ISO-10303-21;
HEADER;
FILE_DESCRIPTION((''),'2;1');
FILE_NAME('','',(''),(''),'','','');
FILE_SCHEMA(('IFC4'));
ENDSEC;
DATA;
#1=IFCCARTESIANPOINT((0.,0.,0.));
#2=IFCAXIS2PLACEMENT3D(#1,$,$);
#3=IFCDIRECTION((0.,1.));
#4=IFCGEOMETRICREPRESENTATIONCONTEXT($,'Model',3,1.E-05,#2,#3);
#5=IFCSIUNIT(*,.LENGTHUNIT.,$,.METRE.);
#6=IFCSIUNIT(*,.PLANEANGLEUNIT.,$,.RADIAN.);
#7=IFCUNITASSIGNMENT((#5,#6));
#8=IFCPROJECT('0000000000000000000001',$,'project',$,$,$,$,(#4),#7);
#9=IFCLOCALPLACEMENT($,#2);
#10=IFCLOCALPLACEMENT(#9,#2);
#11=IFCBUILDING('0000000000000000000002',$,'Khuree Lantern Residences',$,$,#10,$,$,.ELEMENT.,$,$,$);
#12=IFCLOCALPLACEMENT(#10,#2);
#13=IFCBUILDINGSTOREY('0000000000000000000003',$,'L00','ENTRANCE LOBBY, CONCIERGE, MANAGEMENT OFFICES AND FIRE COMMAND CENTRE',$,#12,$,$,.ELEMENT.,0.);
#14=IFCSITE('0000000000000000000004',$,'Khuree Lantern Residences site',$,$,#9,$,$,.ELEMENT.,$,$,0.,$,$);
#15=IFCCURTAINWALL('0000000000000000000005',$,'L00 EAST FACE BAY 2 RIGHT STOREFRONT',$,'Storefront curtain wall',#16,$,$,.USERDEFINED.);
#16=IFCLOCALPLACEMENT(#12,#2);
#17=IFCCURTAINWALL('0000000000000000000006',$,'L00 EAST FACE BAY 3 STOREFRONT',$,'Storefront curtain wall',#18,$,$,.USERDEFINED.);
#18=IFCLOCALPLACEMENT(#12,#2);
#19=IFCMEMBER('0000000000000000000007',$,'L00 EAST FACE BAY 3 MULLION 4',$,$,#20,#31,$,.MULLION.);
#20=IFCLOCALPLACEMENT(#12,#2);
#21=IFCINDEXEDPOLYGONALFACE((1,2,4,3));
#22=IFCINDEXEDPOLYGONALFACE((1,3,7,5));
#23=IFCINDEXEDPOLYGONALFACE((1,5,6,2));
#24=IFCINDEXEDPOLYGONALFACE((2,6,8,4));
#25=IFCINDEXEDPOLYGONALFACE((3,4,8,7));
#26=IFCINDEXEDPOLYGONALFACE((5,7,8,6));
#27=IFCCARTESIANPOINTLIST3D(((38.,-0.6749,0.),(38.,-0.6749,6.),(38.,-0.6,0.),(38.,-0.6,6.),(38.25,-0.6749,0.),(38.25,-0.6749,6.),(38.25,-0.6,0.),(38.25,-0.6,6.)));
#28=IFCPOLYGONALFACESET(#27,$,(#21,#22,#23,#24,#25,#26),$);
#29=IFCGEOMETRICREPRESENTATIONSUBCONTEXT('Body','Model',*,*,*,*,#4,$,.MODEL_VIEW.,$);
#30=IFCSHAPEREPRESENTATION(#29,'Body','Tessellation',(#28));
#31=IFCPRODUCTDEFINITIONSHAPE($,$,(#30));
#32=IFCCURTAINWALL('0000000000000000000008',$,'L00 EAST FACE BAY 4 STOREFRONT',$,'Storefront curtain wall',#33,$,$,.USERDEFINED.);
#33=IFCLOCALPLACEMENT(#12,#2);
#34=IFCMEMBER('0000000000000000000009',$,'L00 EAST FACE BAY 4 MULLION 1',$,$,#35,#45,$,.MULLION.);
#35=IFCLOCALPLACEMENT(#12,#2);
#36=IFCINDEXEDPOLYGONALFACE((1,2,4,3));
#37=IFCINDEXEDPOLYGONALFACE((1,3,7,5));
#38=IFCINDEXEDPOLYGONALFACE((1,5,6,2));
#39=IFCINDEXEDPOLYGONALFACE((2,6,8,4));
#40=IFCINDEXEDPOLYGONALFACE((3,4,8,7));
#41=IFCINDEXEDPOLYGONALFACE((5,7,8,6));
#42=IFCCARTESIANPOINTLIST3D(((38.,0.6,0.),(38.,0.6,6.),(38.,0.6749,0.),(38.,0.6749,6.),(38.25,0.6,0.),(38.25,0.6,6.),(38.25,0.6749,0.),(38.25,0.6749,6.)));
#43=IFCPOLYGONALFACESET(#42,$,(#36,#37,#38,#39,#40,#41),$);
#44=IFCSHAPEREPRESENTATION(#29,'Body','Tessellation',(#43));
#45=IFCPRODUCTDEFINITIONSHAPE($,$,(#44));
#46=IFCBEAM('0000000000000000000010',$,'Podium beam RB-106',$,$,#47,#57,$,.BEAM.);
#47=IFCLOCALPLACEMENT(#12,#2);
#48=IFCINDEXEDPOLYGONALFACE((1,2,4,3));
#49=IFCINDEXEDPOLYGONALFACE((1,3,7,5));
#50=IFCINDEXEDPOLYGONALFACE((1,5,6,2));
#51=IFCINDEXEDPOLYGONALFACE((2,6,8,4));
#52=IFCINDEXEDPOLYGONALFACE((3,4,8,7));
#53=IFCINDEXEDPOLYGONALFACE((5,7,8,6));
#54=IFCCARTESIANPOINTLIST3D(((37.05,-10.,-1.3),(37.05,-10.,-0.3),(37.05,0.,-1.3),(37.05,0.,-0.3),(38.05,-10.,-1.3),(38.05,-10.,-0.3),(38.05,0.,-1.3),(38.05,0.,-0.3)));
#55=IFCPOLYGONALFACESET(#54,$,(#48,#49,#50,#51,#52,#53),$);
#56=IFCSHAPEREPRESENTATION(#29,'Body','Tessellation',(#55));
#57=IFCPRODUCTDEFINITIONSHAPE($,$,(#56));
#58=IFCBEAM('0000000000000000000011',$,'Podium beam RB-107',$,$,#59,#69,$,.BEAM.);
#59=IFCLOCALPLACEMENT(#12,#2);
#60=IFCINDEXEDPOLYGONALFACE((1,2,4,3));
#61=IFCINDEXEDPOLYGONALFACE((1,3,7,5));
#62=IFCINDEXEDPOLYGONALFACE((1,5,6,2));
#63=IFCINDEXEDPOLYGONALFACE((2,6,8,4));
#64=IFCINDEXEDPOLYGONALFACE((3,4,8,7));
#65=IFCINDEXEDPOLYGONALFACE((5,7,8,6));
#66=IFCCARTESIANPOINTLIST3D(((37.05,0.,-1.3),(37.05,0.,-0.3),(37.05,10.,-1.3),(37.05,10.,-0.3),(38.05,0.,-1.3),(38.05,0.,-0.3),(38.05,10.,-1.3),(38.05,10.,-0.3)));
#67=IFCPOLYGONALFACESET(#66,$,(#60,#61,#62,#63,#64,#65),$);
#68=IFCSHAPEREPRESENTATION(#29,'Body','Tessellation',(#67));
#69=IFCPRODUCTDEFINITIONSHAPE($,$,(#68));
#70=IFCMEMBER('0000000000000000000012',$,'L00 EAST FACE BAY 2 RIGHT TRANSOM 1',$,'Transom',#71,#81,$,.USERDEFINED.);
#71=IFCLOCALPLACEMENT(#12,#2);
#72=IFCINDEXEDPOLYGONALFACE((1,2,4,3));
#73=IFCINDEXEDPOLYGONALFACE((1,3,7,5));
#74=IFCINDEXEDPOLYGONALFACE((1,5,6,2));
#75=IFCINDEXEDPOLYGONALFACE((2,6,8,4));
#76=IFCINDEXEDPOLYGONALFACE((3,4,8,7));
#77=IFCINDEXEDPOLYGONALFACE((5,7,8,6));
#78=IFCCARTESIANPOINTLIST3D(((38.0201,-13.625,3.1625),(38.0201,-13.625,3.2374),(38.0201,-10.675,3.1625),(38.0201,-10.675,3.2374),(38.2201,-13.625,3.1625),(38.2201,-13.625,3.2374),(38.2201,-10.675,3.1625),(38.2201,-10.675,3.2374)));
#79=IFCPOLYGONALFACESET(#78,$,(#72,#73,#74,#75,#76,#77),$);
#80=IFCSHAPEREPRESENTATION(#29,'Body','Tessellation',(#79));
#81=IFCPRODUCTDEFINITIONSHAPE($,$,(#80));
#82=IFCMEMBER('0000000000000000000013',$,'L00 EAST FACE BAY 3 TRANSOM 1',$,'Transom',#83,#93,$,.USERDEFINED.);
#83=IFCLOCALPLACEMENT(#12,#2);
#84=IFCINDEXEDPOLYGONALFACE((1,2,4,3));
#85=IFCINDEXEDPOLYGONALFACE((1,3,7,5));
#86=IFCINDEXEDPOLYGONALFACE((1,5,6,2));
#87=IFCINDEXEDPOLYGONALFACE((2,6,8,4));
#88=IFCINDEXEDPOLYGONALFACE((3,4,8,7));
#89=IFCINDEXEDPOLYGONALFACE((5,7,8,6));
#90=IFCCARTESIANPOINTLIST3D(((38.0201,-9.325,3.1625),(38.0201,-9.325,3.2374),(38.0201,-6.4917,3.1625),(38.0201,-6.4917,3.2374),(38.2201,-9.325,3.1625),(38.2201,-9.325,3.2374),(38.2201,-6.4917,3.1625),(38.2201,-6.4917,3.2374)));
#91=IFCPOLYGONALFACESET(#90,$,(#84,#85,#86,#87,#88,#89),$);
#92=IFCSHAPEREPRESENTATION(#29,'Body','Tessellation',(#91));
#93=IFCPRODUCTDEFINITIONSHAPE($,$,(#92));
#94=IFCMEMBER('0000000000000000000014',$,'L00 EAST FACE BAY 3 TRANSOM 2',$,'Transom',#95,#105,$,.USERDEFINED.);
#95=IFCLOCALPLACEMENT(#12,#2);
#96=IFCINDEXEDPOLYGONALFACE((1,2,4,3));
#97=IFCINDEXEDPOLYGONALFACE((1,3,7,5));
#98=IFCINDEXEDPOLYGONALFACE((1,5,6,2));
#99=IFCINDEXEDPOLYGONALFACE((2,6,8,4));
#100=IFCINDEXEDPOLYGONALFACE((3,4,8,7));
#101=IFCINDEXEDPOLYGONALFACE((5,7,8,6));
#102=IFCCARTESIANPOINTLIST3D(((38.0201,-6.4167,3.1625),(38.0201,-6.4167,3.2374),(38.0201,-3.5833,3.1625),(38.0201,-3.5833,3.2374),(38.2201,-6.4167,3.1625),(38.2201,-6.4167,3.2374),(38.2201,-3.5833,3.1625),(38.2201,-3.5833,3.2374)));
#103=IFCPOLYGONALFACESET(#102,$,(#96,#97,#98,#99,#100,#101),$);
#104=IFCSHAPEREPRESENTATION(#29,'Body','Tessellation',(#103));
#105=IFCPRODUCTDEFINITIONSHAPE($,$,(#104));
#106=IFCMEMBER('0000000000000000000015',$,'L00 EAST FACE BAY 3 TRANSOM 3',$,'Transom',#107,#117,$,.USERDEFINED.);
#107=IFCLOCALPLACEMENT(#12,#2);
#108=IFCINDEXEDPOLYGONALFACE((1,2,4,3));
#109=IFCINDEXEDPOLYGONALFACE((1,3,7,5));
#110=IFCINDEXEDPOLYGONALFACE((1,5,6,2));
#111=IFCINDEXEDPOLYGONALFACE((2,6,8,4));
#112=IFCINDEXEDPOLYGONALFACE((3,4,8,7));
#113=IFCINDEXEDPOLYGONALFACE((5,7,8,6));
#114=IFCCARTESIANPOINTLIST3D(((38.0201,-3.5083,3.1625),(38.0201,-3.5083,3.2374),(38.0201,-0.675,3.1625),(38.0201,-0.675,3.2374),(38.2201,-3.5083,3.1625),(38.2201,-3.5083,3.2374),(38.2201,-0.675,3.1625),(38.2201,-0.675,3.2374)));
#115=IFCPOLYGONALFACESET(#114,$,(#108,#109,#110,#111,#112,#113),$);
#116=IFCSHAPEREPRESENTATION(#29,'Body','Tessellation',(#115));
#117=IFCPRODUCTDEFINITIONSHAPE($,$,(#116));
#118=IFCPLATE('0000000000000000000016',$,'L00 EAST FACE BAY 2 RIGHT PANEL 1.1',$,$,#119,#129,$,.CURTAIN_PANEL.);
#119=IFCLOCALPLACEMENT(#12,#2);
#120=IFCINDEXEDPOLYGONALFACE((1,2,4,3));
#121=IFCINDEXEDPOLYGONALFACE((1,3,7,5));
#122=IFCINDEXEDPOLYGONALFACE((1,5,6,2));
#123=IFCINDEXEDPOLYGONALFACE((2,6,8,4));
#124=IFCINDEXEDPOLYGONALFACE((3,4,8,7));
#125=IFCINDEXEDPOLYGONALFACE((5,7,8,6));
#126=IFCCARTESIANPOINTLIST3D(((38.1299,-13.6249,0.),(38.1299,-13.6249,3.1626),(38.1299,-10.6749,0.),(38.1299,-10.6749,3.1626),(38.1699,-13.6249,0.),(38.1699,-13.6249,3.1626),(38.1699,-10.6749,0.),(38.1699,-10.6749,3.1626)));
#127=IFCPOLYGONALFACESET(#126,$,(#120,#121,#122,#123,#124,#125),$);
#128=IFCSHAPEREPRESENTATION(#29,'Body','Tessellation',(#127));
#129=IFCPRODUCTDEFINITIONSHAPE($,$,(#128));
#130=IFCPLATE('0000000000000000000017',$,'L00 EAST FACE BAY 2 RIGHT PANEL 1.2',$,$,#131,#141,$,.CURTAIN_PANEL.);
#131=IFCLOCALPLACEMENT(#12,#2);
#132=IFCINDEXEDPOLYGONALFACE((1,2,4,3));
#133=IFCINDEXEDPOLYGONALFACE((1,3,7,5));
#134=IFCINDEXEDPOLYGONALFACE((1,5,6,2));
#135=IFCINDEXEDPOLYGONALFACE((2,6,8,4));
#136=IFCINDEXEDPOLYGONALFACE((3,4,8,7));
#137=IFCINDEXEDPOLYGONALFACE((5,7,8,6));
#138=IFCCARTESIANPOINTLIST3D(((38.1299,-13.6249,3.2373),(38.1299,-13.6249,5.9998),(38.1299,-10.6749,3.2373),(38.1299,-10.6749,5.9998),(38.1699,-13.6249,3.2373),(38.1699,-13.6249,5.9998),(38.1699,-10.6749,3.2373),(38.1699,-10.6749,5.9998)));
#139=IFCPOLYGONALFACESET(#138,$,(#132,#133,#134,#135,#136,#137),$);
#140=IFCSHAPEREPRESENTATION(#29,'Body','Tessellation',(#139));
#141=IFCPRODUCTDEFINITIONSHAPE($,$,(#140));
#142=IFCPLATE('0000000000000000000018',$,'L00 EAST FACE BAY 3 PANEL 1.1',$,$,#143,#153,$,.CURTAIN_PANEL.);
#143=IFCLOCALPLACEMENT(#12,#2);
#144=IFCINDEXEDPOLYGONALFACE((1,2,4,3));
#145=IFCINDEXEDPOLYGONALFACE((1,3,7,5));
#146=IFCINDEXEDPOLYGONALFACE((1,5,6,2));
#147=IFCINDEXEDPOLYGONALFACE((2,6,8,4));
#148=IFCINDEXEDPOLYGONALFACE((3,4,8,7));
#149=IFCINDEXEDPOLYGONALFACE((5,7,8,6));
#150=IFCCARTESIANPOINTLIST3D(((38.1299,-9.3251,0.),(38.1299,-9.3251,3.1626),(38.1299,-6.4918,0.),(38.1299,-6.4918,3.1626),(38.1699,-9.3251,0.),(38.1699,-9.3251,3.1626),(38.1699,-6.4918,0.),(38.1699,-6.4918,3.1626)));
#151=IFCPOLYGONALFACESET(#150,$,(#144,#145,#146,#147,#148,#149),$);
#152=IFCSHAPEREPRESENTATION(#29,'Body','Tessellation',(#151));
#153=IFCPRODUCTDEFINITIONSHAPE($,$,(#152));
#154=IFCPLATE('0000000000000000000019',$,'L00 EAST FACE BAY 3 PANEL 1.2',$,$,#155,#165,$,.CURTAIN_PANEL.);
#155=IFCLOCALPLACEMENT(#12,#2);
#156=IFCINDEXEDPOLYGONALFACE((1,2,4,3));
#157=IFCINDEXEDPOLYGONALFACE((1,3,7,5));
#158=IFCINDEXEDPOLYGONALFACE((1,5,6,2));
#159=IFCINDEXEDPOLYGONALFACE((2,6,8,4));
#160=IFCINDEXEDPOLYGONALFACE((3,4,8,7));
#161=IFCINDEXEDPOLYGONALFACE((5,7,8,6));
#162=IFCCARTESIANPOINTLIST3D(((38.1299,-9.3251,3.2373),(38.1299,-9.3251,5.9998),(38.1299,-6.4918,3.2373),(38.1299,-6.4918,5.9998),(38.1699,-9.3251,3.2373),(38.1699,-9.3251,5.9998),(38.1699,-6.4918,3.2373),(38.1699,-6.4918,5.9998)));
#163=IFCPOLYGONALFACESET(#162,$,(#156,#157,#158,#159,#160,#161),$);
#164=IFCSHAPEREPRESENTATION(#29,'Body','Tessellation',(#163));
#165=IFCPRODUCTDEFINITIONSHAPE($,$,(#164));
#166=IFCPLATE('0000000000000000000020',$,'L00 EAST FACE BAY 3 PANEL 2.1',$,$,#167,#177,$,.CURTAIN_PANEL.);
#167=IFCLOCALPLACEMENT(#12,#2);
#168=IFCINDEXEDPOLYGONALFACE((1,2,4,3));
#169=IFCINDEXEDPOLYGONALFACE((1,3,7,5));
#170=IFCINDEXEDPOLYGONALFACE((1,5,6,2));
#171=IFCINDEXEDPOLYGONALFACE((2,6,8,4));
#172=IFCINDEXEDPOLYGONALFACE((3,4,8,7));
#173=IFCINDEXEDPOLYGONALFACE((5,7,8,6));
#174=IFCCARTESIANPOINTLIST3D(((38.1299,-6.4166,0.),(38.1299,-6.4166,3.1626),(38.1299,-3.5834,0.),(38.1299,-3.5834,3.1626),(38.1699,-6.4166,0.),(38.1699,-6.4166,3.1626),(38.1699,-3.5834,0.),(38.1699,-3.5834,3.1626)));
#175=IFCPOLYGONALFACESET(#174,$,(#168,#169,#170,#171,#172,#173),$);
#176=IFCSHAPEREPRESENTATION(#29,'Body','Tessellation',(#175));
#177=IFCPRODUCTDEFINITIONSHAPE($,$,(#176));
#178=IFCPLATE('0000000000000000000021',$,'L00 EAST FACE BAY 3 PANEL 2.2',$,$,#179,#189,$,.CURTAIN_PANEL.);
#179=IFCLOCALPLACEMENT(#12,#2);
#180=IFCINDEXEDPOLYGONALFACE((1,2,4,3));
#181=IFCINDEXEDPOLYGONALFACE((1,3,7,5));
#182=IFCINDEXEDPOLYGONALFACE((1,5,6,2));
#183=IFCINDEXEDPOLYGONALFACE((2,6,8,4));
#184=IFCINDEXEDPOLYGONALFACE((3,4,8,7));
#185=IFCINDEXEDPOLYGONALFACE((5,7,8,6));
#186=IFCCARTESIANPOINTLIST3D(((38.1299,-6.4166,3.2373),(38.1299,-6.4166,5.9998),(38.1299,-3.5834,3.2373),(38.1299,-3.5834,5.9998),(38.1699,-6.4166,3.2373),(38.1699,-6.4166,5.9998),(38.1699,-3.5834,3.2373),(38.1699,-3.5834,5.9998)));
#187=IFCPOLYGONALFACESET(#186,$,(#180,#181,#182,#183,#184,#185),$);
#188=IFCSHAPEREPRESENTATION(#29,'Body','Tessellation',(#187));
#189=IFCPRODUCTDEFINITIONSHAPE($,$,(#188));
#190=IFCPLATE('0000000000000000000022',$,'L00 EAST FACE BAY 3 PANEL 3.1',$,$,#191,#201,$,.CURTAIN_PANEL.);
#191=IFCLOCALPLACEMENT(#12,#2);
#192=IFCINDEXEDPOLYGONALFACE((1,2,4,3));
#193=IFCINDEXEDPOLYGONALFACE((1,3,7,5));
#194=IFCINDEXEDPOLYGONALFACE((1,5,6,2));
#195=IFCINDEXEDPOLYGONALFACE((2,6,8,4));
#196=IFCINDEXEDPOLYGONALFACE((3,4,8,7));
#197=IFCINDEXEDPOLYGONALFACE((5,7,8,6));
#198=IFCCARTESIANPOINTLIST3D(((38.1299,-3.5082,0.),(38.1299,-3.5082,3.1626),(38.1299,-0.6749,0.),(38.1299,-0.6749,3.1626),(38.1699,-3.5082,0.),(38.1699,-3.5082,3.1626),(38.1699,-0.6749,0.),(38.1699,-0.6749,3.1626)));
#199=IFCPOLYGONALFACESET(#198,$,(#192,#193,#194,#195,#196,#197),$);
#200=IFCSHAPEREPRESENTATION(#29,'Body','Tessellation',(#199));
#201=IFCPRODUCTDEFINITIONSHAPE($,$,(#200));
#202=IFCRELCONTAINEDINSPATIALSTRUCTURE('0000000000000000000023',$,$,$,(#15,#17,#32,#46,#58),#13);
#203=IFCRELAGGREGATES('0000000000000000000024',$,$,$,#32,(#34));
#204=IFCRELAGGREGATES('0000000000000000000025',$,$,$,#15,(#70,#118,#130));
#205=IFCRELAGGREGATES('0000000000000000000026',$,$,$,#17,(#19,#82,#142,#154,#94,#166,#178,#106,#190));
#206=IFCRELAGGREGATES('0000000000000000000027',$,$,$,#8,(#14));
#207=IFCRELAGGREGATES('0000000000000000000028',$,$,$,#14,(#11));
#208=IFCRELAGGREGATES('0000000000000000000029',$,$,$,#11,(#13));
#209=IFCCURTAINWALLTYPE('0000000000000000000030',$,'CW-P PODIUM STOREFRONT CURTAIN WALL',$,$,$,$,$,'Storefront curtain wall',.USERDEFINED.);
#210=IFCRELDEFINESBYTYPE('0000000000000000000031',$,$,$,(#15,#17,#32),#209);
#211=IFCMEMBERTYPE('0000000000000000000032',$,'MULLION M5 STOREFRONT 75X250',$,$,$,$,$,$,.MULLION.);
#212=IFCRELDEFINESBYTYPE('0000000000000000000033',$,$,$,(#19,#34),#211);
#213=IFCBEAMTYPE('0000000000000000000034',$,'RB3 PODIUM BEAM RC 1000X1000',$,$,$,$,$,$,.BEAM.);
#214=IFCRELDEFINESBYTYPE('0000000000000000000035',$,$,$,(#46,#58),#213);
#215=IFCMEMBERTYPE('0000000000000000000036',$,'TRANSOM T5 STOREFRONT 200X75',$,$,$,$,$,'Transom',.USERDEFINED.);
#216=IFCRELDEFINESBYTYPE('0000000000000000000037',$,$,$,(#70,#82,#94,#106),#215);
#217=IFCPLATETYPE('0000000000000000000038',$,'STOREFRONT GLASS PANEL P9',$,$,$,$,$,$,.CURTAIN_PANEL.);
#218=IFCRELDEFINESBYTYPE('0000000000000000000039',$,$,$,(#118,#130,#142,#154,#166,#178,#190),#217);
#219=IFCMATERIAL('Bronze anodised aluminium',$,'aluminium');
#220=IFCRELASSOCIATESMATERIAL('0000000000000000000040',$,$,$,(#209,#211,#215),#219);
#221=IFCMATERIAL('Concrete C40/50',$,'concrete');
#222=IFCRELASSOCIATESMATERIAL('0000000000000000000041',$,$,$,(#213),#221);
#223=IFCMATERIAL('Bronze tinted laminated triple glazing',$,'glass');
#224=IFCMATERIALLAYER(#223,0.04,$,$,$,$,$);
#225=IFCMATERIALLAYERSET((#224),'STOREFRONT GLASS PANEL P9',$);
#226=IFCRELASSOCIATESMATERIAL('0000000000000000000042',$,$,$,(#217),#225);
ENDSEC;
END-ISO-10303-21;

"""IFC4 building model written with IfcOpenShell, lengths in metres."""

from ifc_helpers import new_model, si_unit, direction, frame, origin, origin_2d, place, context, subcontext, project, spatial, rectangle, extrude, material, layer, layer_set, material_profile, profile_set, type_object, element, aggregate, save


model = new_model("IFC4")

# Units and contexts
model_context = context("Model", 3, precision=1e-05, world=origin(), true_north=direction((0.0, 1.0)))
body_context = subcontext(model_context, "Body", "Model", "MODEL_VIEW")
ifc_project = project(units=[si_unit("LENGTHUNIT", "METRE"), si_unit("PLANEANGLEUNIT", "RADIAN")], contexts=[model_context])

# Site, building, storey
site_placement = place(None, origin())
site = spatial("IfcSite", under=ifc_project, at=site_placement, Name="Khuree Lantern Residences site", CompositionType="ELEMENT", RefElevation=0.0)
building_placement = place(site_placement, origin())
building = spatial("IfcBuilding", under=site, at=building_placement, Name="Khuree Lantern Residences", CompositionType="ELEMENT")
storey_placement = place(building_placement, origin())
storey = spatial("IfcBuildingStorey", under=building, at=storey_placement, Name="L00", Description="ENTRANCE LOBBY, CONCIERGE, MANAGEMENT OFFICES AND FIRE COMMAND CENTRE", CompositionType="ELEMENT", Elevation=0.0)

# Curtain wall
ifc_material_1 = material(Name="Bronze anodised aluminium", Category="aluminium")
curtain_wall_type = type_object("IfcCurtainWallType", Name="CW-P PODIUM STOREFRONT CURTAIN WALL", ElementType="Storefront curtain wall", PredefinedType="USERDEFINED", material=ifc_material_1)
curtain_wall_1_placement = place(storey_placement, origin())
curtain_wall_1 = element("IfcCurtainWall", 1, at=curtain_wall_1_placement, inside=storey, type_object=curtain_wall_type, Name="L00 EAST FACE BAY 2 RIGHT STOREFRONT", ObjectType="Storefront curtain wall", PredefinedType="USERDEFINED")
ifc_material_profile_1 = material_profile(ifc_material_1, rectangle(XDim=0.075, YDim=0.25, at=origin_2d()), Name="M5 75X250")
ifc_profile_set_1 = profile_set([ifc_material_profile_1], Name="Bronze anodised aluminium")
member_type_1 = type_object("IfcMemberType", Name="MULLION M5 STOREFRONT 75X250", PredefinedType="MULLION", material=ifc_profile_set_1)

# Curtain wall, member
curtain_wall_2_placement = place(storey_placement, origin())
curtain_wall_2 = element("IfcCurtainWall", 2, at=curtain_wall_2_placement, inside=storey, type_object=curtain_wall_type, Name="L00 EAST FACE BAY 3 STOREFRONT", ObjectType="Storefront curtain wall", PredefinedType="USERDEFINED")
member_1_placement = place(storey_placement, frame((38.125, -0.6375, 0.0), z_axis=(0.0, 0.0, 1.0), x_axis=(0.0, 1.0, 0.0)))
member_1 = element("IfcMember", 3, at=member_1_placement, type_object=member_type_1, Name="L00 EAST FACE BAY 3 MULLION 4", PredefinedType="MULLION", context=body_context, shape_type="SweptSolid", body=[
    extrude(rectangle(XDim=0.075, YDim=0.25, at=origin_2d()), origin(), (0.0, 0.0, 1.0), 6.0),
])

# Curtain wall, member
curtain_wall_3_placement = place(storey_placement, origin())
curtain_wall_3 = element("IfcCurtainWall", 4, at=curtain_wall_3_placement, inside=storey, type_object=curtain_wall_type, Name="L00 EAST FACE BAY 4 STOREFRONT", ObjectType="Storefront curtain wall", PredefinedType="USERDEFINED")
member_2_placement = place(storey_placement, frame((38.125, 0.6375, 0.0), z_axis=(0.0, 0.0, 1.0), x_axis=(0.0, 1.0, 0.0)))
member_2 = element("IfcMember", 5, at=member_2_placement, type_object=member_type_1, Name="L00 EAST FACE BAY 4 MULLION 1", PredefinedType="MULLION", context=body_context, shape_type="SweptSolid", body=[
    extrude(rectangle(XDim=0.075, YDim=0.25, at=origin_2d()), origin(), (0.0, 0.0, 1.0), 6.0),
])
aggregate(curtain_wall_3, [member_2])

# Beams
ifc_material_2 = material(Name="Concrete C40/50", Category="concrete")
ifc_material_profile_2 = material_profile(ifc_material_2, rectangle(XDim=1.0, YDim=1.0, at=origin_2d()), Name="RC 1000X1000")
ifc_profile_set_2 = profile_set([ifc_material_profile_2], Name="Concrete C40/50")
beam_type_1 = type_object("IfcBeamType", Name="RB3 PODIUM BEAM RC 1000X1000", PredefinedType="BEAM", material=ifc_profile_set_2)
for number, where, z_axis, x_axis, name in (
    (6, (37.55, -10.0, -0.8), (0.0, 1.0, 0.0), (-1.0, 0.0, 0.0), "Podium beam RB-106"),
    (7, (37.55, 0.0, -0.8), (0.0, 1.0, 0.0), (-1.0, 0.0, 0.0), "Podium beam RB-107"),
):
    element("IfcBeam", number, at=place(storey_placement, frame(where, z_axis=z_axis, x_axis=x_axis)), inside=storey, type_object=beam_type_1, Name=name, PredefinedType="BEAM", context=body_context, shape_type="SweptSolid", body=[
        extrude(rectangle(XDim=1.0, YDim=1.0, at=origin_2d()), origin(), (0.0, 0.0, 1.0), 10.0),
    ])

# Members
ifc_material_profile_3 = material_profile(ifc_material_1, rectangle(XDim=0.2, YDim=0.075, at=origin_2d()), Name="T5 200X75")
ifc_profile_set_3 = profile_set([ifc_material_profile_3], Name="Bronze anodised aluminium")
member_type_2 = type_object("IfcMemberType", Name="TRANSOM T5 STOREFRONT 200X75", ElementType="Transom", PredefinedType="USERDEFINED", material=ifc_profile_set_3)
member_3_placement = place(storey_placement, frame((38.1201, -13.625, 3.2), z_axis=(0.0, 1.0, 0.0), x_axis=(-1.0, 0.0, 0.0)))
member_3 = element("IfcMember", 8, at=member_3_placement, type_object=member_type_2, Name="L00 EAST FACE BAY 2 RIGHT TRANSOM 1", ObjectType="Transom", PredefinedType="USERDEFINED", context=body_context, shape_type="SweptSolid", body=[
    extrude(rectangle(XDim=0.2, YDim=0.075, at=origin_2d()), origin(), (0.0, 0.0, 1.0), 2.95),
])
member_4_placement = place(storey_placement, frame((38.1201, -9.325, 3.2), z_axis=(0.0, 1.0, 0.0), x_axis=(-1.0, 0.0, 0.0)))
member_4 = element("IfcMember", 9, at=member_4_placement, type_object=member_type_2, Name="L00 EAST FACE BAY 3 TRANSOM 1", ObjectType="Transom", PredefinedType="USERDEFINED", context=body_context, shape_type="SweptSolid", body=[
    extrude(rectangle(XDim=0.2, YDim=0.075, at=origin_2d()), origin(), (0.0, 0.0, 1.0), 2.8333),
])
member_5_placement = place(storey_placement, frame((38.1201, -6.4167, 3.2), z_axis=(0.0, 1.0, 0.0), x_axis=(-1.0, 0.0, 0.0)))
member_5 = element("IfcMember", 10, at=member_5_placement, type_object=member_type_2, Name="L00 EAST FACE BAY 3 TRANSOM 2", ObjectType="Transom", PredefinedType="USERDEFINED", context=body_context, shape_type="SweptSolid", body=[
    extrude(rectangle(XDim=0.2, YDim=0.075, at=origin_2d()), origin(), (0.0, 0.0, 1.0), 2.8335),
])
member_6_placement = place(storey_placement, frame((38.1201, -3.5083, 3.2), z_axis=(0.0, 1.0, 0.0), x_axis=(-1.0, 0.0, 0.0)))
member_6 = element("IfcMember", 11, at=member_6_placement, type_object=member_type_2, Name="L00 EAST FACE BAY 3 TRANSOM 3", ObjectType="Transom", PredefinedType="USERDEFINED", context=body_context, shape_type="SweptSolid", body=[
    extrude(rectangle(XDim=0.2, YDim=0.075, at=origin_2d()), origin(), (0.0, 0.0, 1.0), 2.8333),
])

# Plates
ifc_material_3 = material(Name="Bronze tinted laminated triple glazing", Category="glass")
ifc_layer_1 = layer(ifc_material_3, 0.04)
ifc_layer_set_1 = layer_set([ifc_layer_1], Name="STOREFRONT GLASS PANEL P9")
plate_type = type_object("IfcPlateType", Name="STOREFRONT GLASS PANEL P9", PredefinedType="CURTAIN_PANEL", material=ifc_layer_set_1)
plate_1_placement = place(storey_placement, frame((38.1499, -12.1499, 0.0), z_axis=(0.0, 0.0, 1.0), x_axis=(0.0, 1.0, 0.0)))
plate_1 = element("IfcPlate", 12, at=plate_1_placement, type_object=plate_type, Name="L00 EAST FACE BAY 2 RIGHT PANEL 1.1", PredefinedType="CURTAIN_PANEL", context=body_context, shape_type="SweptSolid", body=[
    extrude(rectangle(XDim=2.95, YDim=0.04, at=origin_2d()), origin(), (0.0, 0.0, 1.0), 3.1626),
])
plate_2_placement = place(storey_placement, frame((38.1499, -12.1499, 3.2373), z_axis=(0.0, 0.0, 1.0), x_axis=(0.0, 1.0, 0.0)))
plate_2 = element("IfcPlate", 13, at=plate_2_placement, type_object=plate_type, Name="L00 EAST FACE BAY 2 RIGHT PANEL 1.2", PredefinedType="CURTAIN_PANEL", context=body_context, shape_type="SweptSolid", body=[
    extrude(rectangle(XDim=2.95, YDim=0.04, at=origin_2d()), origin(), (0.0, 0.0, 1.0), 2.7625),
])
aggregate(curtain_wall_1, [member_3, plate_1, plate_2])
plate_3_placement = place(storey_placement, frame((38.1499, -7.9084, 0.0), z_axis=(0.0, 0.0, 1.0), x_axis=(0.0, 1.0, 0.0)))
plate_3 = element("IfcPlate", 14, at=plate_3_placement, type_object=plate_type, Name="L00 EAST FACE BAY 3 PANEL 1.1", PredefinedType="CURTAIN_PANEL", context=body_context, shape_type="SweptSolid", body=[
    extrude(rectangle(XDim=2.8333, YDim=0.04, at=origin_2d()), origin(), (0.0, 0.0, 1.0), 3.1626),
])
plate_4_placement = place(storey_placement, frame((38.1499, -7.9084, 3.2373), z_axis=(0.0, 0.0, 1.0), x_axis=(0.0, 1.0, 0.0)))
plate_4 = element("IfcPlate", 15, at=plate_4_placement, type_object=plate_type, Name="L00 EAST FACE BAY 3 PANEL 1.2", PredefinedType="CURTAIN_PANEL", context=body_context, shape_type="SweptSolid", body=[
    extrude(rectangle(XDim=2.8333, YDim=0.04, at=origin_2d()), origin(), (0.0, 0.0, 1.0), 2.7625),
])
plate_5_placement = place(storey_placement, frame((38.1499, -5.0, 0.0), z_axis=(0.0, 0.0, 1.0), x_axis=(0.0, 1.0, 0.0)))
plate_5 = element("IfcPlate", 16, at=plate_5_placement, type_object=plate_type, Name="L00 EAST FACE BAY 3 PANEL 2.1", PredefinedType="CURTAIN_PANEL", context=body_context, shape_type="SweptSolid", body=[
    extrude(rectangle(XDim=2.8333, YDim=0.04, at=origin_2d()), origin(), (0.0, 0.0, 1.0), 3.1626),
])
plate_6_placement = place(storey_placement, frame((38.1499, -5.0, 3.2373), z_axis=(0.0, 0.0, 1.0), x_axis=(0.0, 1.0, 0.0)))
plate_6 = element("IfcPlate", 17, at=plate_6_placement, type_object=plate_type, Name="L00 EAST FACE BAY 3 PANEL 2.2", PredefinedType="CURTAIN_PANEL", context=body_context, shape_type="SweptSolid", body=[
    extrude(rectangle(XDim=2.8333, YDim=0.04, at=origin_2d()), origin(), (0.0, 0.0, 1.0), 2.7625),
])
plate_7_placement = place(storey_placement, frame((38.1499, -2.0916, 0.0), z_axis=(0.0, 0.0, 1.0), x_axis=(0.0, 1.0, 0.0)))
plate_7 = element("IfcPlate", 18, at=plate_7_placement, type_object=plate_type, Name="L00 EAST FACE BAY 3 PANEL 3.1", PredefinedType="CURTAIN_PANEL", context=body_context, shape_type="SweptSolid", body=[
    extrude(rectangle(XDim=2.8333, YDim=0.04, at=origin_2d()), origin(), (0.0, 0.0, 1.0), 3.1626),
])
aggregate(curtain_wall_2, [member_1, member_4, plate_3, plate_4, member_5, plate_5, plate_6, member_6, plate_7])

save(model, "model.ifc")
